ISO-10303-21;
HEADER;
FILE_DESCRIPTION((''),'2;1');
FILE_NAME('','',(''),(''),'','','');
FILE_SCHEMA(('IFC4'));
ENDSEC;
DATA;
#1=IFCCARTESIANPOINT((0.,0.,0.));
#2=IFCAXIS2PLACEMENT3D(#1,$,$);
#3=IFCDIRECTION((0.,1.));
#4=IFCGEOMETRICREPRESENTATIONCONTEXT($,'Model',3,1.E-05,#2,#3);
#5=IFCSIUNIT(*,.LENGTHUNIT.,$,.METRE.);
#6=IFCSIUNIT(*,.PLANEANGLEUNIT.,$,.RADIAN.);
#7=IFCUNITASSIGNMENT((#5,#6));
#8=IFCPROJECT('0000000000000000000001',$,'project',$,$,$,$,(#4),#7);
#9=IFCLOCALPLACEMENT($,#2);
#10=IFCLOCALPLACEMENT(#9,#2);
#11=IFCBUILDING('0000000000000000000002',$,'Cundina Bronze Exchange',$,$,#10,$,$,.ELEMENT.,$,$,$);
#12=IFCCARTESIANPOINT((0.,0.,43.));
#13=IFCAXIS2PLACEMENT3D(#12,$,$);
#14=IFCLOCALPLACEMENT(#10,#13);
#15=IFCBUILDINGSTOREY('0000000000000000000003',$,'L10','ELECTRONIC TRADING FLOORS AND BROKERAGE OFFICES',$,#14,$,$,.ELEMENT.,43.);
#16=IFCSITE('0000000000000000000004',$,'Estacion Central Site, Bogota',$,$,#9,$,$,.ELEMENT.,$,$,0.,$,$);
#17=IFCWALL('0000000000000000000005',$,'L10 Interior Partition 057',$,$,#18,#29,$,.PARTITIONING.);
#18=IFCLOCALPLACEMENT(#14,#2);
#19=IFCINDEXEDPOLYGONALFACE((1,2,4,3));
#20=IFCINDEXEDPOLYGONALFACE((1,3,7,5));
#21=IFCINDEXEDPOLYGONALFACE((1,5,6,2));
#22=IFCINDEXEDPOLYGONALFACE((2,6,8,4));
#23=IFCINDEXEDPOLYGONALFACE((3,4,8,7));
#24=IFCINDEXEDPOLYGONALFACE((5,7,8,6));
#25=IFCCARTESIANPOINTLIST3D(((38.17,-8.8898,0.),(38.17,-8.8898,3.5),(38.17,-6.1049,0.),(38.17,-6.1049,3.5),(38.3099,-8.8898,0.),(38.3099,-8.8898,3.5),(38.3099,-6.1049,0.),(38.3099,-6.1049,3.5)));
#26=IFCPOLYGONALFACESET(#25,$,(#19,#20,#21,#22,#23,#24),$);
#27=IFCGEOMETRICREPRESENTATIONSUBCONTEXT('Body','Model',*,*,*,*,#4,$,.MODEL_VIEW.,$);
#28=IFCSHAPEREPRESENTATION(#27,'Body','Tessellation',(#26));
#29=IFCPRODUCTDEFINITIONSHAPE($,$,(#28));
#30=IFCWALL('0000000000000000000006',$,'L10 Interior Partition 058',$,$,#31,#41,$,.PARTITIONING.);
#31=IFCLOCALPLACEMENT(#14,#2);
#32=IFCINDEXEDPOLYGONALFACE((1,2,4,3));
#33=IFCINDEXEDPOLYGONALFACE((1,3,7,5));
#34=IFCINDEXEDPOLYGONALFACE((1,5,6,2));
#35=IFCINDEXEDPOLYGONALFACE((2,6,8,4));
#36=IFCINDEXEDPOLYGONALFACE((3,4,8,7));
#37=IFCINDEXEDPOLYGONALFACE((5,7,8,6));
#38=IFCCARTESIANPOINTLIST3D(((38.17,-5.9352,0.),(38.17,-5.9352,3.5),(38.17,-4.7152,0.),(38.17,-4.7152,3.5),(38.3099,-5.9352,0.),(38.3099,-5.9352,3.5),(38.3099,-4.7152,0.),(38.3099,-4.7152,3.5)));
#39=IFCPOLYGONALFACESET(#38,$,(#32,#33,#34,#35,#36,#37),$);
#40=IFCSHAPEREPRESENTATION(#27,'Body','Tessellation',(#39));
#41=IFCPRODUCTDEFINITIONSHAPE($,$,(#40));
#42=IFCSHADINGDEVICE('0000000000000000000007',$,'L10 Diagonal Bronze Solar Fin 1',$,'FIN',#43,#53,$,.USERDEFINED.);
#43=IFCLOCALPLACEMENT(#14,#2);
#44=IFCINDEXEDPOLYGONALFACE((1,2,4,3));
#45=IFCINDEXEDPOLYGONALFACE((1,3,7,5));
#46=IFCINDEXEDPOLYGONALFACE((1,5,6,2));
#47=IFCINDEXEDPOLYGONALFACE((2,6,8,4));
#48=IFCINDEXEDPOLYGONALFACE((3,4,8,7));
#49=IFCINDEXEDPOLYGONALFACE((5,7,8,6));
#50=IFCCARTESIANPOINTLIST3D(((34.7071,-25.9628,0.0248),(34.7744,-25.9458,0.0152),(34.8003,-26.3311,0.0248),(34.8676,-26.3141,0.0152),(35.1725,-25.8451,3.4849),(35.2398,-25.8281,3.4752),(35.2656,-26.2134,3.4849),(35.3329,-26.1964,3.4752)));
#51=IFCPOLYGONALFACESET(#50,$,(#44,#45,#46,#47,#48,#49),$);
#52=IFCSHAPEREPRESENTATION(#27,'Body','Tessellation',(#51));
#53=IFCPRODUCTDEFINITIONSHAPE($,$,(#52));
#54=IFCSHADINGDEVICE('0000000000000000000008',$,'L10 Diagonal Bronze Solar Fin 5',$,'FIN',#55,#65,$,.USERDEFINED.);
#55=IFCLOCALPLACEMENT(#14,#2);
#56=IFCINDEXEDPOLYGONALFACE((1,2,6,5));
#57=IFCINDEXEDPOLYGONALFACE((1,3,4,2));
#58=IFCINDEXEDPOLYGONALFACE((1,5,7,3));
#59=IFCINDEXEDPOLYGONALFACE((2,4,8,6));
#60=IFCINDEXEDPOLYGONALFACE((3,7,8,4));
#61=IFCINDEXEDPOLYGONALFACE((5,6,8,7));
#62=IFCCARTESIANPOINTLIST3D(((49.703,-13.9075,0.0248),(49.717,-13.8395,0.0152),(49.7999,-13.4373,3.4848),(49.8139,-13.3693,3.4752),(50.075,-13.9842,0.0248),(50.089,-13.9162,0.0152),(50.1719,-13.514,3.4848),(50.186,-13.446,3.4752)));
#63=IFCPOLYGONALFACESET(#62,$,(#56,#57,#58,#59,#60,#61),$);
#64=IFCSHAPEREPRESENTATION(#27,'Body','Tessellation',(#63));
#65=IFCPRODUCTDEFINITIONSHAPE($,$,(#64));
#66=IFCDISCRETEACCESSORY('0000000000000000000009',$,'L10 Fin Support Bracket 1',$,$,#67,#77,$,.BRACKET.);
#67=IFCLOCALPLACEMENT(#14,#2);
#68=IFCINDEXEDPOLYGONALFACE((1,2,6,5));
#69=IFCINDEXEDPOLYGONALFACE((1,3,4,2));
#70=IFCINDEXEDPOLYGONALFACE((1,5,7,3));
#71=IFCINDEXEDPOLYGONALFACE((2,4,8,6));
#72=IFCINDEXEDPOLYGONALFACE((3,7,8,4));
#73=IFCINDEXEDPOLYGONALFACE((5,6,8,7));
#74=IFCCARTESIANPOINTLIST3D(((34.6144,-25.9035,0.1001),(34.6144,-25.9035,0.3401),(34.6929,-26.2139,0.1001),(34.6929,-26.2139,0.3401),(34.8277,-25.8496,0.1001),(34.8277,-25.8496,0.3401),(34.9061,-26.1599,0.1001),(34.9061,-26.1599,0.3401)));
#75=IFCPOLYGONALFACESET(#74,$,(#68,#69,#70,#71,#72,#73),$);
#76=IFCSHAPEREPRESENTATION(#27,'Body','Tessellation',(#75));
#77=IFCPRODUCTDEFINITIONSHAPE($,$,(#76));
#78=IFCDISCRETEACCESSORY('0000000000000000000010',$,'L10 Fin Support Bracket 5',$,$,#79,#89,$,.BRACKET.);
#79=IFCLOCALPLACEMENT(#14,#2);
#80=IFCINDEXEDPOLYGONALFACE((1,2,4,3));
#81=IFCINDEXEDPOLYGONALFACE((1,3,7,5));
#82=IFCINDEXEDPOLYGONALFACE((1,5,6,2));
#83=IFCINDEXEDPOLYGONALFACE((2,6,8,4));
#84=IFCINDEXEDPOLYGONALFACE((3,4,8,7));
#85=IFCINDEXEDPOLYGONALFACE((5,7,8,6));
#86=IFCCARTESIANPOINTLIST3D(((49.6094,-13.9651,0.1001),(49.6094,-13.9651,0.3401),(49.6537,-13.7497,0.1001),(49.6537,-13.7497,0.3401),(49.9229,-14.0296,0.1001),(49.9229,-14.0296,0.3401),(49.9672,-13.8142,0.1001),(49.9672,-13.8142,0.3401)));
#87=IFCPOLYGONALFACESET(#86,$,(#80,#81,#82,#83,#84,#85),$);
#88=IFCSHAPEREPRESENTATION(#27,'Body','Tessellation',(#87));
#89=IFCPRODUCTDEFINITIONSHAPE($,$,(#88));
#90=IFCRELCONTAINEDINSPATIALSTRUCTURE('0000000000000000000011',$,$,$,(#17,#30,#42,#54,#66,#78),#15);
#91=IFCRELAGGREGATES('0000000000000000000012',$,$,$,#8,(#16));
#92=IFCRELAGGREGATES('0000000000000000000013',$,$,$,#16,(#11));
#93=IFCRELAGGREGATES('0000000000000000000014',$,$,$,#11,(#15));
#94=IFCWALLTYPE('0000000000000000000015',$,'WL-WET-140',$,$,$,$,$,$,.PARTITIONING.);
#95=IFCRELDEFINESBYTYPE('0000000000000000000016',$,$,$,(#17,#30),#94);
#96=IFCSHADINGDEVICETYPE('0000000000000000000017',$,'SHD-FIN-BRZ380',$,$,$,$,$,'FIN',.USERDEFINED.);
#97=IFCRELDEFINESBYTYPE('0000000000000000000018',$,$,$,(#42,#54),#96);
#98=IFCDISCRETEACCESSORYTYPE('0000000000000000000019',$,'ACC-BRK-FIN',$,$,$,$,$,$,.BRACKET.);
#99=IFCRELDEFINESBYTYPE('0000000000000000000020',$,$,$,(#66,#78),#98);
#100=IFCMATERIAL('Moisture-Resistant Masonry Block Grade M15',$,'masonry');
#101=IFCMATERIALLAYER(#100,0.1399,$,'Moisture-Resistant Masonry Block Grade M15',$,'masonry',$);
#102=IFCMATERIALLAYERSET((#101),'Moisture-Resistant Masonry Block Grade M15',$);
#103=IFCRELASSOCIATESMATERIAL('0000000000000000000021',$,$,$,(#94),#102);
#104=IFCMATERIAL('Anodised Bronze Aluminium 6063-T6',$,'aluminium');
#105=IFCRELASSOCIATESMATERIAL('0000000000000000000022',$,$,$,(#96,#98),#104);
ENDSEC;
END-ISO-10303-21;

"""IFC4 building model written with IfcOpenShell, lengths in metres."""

from ifc_helpers import new_model, si_unit, direction, frame, frame_2d, origin, origin_2d, place, context, subcontext, project, spatial, rectangle, extrude, material, layer, layer_set, material_profile, profile_set, type_object, element, save


model = new_model("IFC4")

# Units and contexts
model_context = context("Model", 3, precision=1e-05, world=origin(), true_north=direction((0.0, 1.0)))
body_context = subcontext(model_context, "Body", "Model", "MODEL_VIEW")
ifc_project = project(units=[si_unit("LENGTHUNIT", "METRE"), si_unit("PLANEANGLEUNIT", "RADIAN")], contexts=[model_context])

# Site, building, storey
site_placement = place(None, origin())
site = spatial("IfcSite", under=ifc_project, at=site_placement, Name="Estacion Central Site, Bogota", CompositionType="ELEMENT", RefElevation=0.0)
building_placement = place(site_placement, origin())
building = spatial("IfcBuilding", under=site, at=building_placement, Name="Cundina Bronze Exchange", CompositionType="ELEMENT")
storey_placement = place(building_placement, frame((0.0, 0.0, 43.0)))
storey = spatial("IfcBuildingStorey", under=building, at=storey_placement, Name="L10", Description="ELECTRONIC TRADING FLOORS AND BROKERAGE OFFICES", CompositionType="ELEMENT", Elevation=43.0)

# Shared definitions
ifc_material_1 = material(Name="Anodised Bronze Aluminium 6063-T6", Category="aluminium")

# Walls
ifc_material_2 = material(Name="Moisture-Resistant Masonry Block Grade M15", Category="masonry")
ifc_layer_1 = layer(ifc_material_2, 0.1399, Name="Moisture-Resistant Masonry Block Grade M15", Category="masonry")
ifc_layer_set_1 = layer_set([ifc_layer_1], Name="Moisture-Resistant Masonry Block Grade M15")
wall_type_1 = type_object("IfcWallType", Name="WL-WET-140", PredefinedType="PARTITIONING", material=ifc_layer_set_1)
wall_1_placement = place(storey_placement, frame((38.24, -8.8899, 0.0), z_axis=(0.0, 0.0, 1.0), x_axis=(0.0, 1.0, 0.0)))
element("IfcWall", 1, at=wall_1_placement, inside=storey, type_object=wall_type_1, Name="L10 Interior Partition 057", PredefinedType="PARTITIONING", context=body_context, shape_type="SweptSolid", body=[
    extrude(rectangle(XDim=2.7849, YDim=0.1399, at=frame_2d((1.3926, 0.0))), origin(), (0.0, 0.0, 1.0), 3.5),
])
wall_2_placement = place(storey_placement, frame((38.24, -5.9351, 0.0), z_axis=(0.0, 0.0, 1.0), x_axis=(0.0, 1.0, 0.0)))
element("IfcWall", 2, at=wall_2_placement, inside=storey, type_object=wall_type_1, Name="L10 Interior Partition 058", PredefinedType="PARTITIONING", context=body_context, shape_type="SweptSolid", body=[
    extrude(rectangle(XDim=1.22, YDim=0.1399, at=frame_2d((0.6099, 0.0))), origin(), (0.0, 0.0, 1.0), 3.5),
])

# Shading devices
ifc_material_profile_1 = material_profile(ifc_material_1, rectangle(XDim=0.0701, YDim=0.3799, at=origin_2d()), Name="FIN70X380", Category="aluminium")
ifc_profile_set_1 = profile_set([ifc_material_profile_1], Name="Anodised Bronze Aluminium 6063-T6")
shading_device_type = type_object("IfcShadingDeviceType", Name="SHD-FIN-BRZ380", ElementType="FIN", PredefinedType="USERDEFINED", material=ifc_profile_set_1)
for number, where, z_axis, x_axis, name in (
    (3, (34.7874, -26.1384, 0.02), (0.133215, 0.033688, 0.990514), (-0.960285, -0.242842, 0.137408), "L10 Diagonal Bronze Solar Fin 1"),
    (4, (49.896, -13.9119, 0.02), (0.027747, 0.134612, 0.99051), (-0.199967, -0.970115, 0.137442), "L10 Diagonal Bronze Solar Fin 5"),
):
    element("IfcShadingDevice", number, at=place(storey_placement, frame(where, z_axis=z_axis, x_axis=x_axis)), inside=storey, type_object=shading_device_type, Name=name, ObjectType="FIN", PredefinedType="USERDEFINED", context=body_context, shape_type="SweptSolid", body=[
        extrude(rectangle(XDim=0.0701, YDim=0.3799, at=origin_2d()), origin(), (0.0, 0.0, 1.0), 3.4932),
    ])

# Discrete accessories
discrete_accessory_type = type_object("IfcDiscreteAccessoryType", Name="ACC-BRK-FIN", PredefinedType="BRACKET", material=ifc_material_1)
for number, where, z_axis, x_axis, name in (
    (5, (34.7603, -26.0317, 0.1001), (0.0, 0.0, 1.0), (0.969488, 0.245138, 0.0), "L10 Fin Support Bracket 1"),
    (6, (49.7883, -13.8896, 0.1001), (0.0, 0.0, 1.0), (0.20142, 0.979505, 0.0), "L10 Fin Support Bracket 5"),
):
    element("IfcDiscreteAccessory", number, at=place(storey_placement, frame(where, z_axis=z_axis, x_axis=x_axis)), inside=storey, type_object=discrete_accessory_type, Name=name, PredefinedType="BRACKET", context=body_context, shape_type="SweptSolid", body=[
        extrude(rectangle(XDim=0.22, YDim=0.3201, at=origin_2d()), origin(), (0.0, 0.0, 1.0), 0.24),
    ])

save(model, "model.ifc")
